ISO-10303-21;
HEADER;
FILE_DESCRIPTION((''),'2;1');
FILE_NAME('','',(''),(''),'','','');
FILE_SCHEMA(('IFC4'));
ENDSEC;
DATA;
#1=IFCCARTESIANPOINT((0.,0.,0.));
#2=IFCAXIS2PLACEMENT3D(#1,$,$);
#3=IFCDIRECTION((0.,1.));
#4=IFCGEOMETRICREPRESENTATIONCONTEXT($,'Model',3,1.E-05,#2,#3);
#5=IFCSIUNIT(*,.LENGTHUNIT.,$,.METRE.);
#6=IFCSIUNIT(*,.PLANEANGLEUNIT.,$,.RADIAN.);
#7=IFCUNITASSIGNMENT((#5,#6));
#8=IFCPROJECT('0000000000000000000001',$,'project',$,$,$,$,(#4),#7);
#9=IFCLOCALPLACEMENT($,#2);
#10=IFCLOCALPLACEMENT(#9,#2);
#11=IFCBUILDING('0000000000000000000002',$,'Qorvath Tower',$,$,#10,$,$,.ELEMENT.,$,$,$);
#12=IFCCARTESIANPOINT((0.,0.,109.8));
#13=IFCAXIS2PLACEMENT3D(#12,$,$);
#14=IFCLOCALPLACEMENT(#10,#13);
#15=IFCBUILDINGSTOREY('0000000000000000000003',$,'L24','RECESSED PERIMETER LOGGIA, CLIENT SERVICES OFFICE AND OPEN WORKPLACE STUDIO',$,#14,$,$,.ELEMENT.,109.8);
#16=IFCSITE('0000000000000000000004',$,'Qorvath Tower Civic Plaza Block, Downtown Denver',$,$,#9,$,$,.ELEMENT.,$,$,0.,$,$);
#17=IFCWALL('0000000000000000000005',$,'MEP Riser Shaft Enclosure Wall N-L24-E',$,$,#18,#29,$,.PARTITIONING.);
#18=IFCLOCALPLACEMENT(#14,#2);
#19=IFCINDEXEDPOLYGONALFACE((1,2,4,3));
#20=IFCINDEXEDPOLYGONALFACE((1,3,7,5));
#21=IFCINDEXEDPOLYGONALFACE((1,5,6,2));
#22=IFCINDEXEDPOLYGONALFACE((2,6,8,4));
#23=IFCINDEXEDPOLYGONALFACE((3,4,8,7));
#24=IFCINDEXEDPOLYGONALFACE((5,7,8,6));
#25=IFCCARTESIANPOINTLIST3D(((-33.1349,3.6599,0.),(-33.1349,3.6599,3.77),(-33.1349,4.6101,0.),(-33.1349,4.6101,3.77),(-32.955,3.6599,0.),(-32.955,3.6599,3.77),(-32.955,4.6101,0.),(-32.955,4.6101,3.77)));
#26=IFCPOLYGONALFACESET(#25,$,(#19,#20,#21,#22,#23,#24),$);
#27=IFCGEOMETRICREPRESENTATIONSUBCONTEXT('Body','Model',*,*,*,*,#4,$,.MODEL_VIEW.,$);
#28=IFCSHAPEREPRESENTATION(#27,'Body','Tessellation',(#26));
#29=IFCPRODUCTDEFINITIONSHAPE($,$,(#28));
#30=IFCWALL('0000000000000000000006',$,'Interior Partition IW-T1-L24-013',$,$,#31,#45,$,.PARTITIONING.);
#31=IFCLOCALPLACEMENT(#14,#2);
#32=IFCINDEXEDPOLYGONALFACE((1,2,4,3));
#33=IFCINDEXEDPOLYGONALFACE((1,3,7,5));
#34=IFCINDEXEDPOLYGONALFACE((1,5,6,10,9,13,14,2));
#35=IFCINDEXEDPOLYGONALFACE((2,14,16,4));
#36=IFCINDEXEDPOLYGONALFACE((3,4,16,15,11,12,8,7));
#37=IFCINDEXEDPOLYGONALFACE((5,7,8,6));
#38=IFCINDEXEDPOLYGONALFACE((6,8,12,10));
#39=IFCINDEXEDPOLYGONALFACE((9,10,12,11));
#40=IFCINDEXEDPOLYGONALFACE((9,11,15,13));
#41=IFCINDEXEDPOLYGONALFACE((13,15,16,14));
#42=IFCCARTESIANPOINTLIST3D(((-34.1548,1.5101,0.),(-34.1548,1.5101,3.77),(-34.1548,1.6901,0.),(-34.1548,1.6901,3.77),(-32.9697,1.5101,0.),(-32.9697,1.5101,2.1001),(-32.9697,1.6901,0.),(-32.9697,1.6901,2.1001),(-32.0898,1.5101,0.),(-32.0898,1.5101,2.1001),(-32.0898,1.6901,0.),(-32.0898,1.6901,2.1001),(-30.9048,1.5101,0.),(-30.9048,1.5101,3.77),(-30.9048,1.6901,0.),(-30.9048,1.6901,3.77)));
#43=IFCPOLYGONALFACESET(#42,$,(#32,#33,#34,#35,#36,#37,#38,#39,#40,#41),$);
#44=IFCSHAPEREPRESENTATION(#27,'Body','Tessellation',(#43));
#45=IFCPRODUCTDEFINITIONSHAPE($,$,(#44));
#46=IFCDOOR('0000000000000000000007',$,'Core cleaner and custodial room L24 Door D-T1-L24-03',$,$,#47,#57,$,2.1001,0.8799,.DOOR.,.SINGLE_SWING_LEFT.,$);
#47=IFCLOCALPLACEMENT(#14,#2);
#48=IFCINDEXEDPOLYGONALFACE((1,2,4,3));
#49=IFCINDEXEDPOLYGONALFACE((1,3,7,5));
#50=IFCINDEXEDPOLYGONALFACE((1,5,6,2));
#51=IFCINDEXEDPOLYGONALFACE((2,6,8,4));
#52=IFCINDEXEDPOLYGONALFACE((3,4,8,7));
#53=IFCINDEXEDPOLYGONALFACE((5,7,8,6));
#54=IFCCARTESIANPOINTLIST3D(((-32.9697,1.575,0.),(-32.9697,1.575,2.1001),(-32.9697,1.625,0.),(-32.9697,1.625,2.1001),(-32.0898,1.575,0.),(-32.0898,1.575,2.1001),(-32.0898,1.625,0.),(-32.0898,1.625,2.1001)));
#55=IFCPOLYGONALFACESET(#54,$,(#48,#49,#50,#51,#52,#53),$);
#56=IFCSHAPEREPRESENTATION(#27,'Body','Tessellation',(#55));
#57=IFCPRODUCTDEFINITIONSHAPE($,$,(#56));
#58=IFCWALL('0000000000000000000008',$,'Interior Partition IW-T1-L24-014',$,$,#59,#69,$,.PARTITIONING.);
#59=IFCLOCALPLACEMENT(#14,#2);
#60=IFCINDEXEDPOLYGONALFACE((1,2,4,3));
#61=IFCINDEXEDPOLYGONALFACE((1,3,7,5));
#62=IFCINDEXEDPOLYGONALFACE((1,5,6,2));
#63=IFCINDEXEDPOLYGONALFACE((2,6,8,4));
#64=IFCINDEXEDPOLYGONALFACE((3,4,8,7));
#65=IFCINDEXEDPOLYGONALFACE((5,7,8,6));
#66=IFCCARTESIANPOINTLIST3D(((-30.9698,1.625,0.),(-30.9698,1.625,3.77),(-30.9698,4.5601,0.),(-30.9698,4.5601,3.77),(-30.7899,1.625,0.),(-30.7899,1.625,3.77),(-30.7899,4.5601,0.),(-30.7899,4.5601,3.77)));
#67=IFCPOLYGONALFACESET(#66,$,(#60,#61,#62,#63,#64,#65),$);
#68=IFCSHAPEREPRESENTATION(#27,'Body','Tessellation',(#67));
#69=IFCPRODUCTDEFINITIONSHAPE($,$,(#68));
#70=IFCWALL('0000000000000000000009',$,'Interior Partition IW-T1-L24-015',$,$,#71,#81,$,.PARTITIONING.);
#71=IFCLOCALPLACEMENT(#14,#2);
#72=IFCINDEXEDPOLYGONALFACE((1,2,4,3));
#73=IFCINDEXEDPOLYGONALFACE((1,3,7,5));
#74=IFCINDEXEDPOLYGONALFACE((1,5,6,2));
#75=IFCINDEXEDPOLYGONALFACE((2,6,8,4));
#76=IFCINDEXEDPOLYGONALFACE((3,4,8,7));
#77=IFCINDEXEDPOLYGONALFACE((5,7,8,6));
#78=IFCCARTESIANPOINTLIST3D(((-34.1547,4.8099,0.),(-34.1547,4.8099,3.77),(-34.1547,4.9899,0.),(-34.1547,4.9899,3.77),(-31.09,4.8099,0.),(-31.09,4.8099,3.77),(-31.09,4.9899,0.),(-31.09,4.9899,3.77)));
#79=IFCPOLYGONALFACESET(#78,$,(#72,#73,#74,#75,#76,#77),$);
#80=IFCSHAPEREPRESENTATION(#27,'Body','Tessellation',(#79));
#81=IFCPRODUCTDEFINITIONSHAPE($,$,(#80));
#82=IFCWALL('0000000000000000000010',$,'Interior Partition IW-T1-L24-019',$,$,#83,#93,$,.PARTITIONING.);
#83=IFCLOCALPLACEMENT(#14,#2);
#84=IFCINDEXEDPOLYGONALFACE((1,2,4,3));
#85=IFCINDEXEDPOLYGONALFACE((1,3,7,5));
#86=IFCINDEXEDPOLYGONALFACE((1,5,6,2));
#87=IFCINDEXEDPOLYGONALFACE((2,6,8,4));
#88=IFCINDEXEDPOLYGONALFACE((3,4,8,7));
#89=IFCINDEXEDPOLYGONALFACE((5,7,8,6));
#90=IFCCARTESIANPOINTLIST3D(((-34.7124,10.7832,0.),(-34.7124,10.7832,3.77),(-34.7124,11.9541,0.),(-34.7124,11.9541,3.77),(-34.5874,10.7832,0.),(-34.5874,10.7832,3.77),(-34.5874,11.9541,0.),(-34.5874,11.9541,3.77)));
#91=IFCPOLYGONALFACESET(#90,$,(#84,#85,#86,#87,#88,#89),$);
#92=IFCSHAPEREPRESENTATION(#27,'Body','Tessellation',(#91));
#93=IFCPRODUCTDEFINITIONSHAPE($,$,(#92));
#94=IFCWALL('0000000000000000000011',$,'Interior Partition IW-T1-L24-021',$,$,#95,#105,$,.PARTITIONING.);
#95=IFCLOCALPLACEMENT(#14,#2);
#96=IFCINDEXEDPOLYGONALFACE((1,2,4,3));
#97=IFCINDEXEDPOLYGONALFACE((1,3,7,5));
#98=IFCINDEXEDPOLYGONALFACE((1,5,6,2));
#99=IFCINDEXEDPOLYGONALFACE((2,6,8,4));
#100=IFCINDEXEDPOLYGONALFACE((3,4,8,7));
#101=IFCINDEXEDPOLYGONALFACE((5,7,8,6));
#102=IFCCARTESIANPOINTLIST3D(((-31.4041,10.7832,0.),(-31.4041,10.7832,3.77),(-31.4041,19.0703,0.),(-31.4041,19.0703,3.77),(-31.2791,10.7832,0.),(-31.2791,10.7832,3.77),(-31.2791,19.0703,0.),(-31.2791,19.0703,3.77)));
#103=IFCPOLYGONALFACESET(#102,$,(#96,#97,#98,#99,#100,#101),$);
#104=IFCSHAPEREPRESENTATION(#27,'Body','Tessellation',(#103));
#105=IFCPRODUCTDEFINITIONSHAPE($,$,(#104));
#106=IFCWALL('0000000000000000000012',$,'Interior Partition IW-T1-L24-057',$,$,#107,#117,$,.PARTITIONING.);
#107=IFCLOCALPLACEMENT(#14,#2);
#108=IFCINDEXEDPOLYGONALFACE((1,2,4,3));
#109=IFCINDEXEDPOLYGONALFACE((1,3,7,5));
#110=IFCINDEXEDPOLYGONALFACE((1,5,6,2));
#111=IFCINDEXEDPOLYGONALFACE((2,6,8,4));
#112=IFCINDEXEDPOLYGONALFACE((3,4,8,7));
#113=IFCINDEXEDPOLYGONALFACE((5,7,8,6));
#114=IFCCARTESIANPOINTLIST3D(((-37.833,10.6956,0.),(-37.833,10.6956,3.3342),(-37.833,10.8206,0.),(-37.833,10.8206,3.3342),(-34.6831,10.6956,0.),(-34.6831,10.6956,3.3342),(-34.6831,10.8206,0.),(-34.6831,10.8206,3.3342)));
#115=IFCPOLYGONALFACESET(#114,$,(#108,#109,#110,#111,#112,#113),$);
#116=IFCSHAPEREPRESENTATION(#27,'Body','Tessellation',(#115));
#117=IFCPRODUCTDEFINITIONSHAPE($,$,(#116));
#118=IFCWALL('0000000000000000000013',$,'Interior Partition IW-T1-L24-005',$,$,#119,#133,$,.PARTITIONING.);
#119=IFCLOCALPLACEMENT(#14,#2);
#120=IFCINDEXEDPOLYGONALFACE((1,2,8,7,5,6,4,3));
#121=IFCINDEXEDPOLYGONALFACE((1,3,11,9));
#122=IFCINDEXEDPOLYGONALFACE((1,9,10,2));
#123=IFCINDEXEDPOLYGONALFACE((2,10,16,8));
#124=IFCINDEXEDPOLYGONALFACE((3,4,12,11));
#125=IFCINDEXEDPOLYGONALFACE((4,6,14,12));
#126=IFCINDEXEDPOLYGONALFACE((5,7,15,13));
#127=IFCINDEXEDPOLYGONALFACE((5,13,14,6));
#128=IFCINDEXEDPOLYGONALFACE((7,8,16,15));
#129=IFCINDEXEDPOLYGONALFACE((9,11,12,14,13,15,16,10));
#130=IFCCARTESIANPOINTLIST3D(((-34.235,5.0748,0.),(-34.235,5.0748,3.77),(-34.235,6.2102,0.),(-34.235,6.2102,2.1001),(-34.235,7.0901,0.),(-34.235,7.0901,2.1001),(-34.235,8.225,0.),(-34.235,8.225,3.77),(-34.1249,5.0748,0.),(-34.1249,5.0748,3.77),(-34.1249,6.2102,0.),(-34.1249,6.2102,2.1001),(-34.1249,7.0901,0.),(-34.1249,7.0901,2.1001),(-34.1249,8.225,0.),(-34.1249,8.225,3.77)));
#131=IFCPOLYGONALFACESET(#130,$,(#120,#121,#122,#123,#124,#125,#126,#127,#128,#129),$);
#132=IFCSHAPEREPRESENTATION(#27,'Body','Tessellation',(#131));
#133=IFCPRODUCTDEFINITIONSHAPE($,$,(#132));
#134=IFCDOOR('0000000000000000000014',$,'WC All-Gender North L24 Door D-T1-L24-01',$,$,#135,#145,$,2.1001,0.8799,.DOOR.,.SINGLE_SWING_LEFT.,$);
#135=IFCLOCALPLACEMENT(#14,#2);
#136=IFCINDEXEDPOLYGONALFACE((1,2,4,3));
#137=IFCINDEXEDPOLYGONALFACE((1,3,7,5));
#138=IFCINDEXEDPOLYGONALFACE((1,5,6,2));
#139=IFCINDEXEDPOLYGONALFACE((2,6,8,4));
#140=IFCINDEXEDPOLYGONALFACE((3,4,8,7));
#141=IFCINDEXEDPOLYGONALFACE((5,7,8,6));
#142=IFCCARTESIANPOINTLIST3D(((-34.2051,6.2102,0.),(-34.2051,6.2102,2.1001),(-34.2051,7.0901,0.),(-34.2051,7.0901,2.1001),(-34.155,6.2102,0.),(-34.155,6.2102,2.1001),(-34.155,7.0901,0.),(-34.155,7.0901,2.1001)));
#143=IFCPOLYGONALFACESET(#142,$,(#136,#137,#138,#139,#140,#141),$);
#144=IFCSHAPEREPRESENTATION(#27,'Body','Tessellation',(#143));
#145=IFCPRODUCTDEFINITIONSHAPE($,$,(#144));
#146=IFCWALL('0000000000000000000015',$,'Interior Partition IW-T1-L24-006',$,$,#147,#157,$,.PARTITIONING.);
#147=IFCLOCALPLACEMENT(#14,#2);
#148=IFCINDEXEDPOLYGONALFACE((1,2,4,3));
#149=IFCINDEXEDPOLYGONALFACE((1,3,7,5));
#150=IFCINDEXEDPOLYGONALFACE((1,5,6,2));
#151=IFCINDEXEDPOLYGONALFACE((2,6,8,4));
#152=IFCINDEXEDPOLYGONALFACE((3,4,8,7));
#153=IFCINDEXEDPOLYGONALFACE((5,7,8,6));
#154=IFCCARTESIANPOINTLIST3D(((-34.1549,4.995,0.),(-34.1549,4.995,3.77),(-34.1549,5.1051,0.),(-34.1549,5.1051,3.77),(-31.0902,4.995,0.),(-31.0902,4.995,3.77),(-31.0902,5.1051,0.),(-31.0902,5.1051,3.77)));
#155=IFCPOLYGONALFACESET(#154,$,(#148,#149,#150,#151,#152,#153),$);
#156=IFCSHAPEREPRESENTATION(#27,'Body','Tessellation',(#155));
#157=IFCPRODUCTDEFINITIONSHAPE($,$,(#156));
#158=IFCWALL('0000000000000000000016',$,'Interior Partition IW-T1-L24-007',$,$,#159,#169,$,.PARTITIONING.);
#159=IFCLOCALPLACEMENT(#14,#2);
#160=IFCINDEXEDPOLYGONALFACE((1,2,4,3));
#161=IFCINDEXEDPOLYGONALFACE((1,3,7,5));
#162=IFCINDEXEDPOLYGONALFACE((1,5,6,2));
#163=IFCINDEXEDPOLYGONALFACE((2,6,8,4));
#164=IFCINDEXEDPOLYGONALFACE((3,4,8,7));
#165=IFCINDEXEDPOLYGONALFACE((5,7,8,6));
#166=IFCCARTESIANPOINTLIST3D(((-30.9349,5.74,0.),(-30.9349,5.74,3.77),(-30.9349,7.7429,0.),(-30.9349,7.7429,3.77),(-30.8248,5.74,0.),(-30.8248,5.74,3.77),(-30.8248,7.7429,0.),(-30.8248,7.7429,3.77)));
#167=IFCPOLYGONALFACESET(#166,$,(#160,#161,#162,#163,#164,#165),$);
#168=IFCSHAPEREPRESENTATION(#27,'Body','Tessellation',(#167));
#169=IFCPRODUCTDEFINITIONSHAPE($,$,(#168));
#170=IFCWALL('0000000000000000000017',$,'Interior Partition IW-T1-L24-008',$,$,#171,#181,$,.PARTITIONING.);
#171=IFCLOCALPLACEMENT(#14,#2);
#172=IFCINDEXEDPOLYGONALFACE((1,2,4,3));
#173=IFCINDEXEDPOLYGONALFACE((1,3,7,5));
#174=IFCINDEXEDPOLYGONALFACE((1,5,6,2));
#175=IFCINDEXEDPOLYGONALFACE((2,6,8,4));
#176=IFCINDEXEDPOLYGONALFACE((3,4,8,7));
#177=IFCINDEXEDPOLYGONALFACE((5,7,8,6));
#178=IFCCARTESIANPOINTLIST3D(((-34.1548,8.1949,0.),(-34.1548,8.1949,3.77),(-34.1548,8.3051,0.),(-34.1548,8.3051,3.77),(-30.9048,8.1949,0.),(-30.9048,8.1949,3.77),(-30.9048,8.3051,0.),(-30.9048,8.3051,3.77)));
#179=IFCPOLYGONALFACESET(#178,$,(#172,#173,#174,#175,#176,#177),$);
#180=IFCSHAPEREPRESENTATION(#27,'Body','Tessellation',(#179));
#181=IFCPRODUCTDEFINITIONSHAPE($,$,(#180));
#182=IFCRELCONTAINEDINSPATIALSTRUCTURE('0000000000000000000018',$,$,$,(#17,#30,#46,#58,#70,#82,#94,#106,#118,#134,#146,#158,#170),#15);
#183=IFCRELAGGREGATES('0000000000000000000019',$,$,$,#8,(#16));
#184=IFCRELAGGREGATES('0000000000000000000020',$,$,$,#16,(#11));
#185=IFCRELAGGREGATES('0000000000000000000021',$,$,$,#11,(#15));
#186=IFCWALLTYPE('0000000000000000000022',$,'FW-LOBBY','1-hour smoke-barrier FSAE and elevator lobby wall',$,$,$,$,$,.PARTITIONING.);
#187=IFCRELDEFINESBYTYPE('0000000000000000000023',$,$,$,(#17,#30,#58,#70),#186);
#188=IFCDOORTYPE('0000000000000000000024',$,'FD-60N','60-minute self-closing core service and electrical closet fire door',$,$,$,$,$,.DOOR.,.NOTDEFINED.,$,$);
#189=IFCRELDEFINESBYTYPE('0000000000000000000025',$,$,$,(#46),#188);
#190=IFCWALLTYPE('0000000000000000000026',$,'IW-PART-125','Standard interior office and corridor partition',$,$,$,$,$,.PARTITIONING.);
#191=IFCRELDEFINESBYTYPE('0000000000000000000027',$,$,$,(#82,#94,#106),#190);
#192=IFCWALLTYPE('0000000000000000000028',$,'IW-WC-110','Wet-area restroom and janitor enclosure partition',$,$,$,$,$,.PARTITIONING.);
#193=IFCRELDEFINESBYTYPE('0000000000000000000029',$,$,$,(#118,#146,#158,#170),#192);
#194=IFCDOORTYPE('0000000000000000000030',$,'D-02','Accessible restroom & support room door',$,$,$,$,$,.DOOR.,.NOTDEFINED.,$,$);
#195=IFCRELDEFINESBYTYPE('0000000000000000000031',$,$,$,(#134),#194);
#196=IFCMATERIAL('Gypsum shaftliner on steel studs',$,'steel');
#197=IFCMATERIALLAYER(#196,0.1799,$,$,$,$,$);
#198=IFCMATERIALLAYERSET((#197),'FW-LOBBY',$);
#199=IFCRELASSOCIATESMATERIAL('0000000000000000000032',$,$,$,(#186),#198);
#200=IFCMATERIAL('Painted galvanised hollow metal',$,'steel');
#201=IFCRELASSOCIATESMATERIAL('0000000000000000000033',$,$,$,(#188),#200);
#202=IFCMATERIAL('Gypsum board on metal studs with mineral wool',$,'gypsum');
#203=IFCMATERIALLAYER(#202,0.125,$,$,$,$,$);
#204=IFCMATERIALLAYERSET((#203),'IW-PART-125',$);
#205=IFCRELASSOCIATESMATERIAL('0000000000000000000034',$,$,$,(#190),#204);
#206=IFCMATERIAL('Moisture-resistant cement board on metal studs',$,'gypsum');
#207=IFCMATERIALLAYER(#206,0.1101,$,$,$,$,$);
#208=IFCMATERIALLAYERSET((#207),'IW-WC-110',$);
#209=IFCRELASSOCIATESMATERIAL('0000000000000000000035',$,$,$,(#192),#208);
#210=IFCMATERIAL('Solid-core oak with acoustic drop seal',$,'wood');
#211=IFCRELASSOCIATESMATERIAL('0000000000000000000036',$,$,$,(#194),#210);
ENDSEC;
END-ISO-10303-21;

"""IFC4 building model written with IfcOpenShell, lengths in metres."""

from ifc_helpers import new_model, si_unit, direction, frame, frame_2d, origin, place, context, subcontext, project, spatial, rectangle, extrude, material, layer, layer_set, type_object, element, fill, save


model = new_model("IFC4")

# Units and contexts
model_context = context("Model", 3, precision=1e-05, world=origin(), true_north=direction((0.0, 1.0)))
body_context = subcontext(model_context, "Body", "Model", "MODEL_VIEW")
ifc_project = project(units=[si_unit("LENGTHUNIT", "METRE"), si_unit("PLANEANGLEUNIT", "RADIAN")], contexts=[model_context])

# Site, building, storey
site_placement = place(None, origin())
site = spatial("IfcSite", under=ifc_project, at=site_placement, Name="Qorvath Tower Civic Plaza Block, Downtown Denver", CompositionType="ELEMENT", RefElevation=0.0)
building_placement = place(site_placement, origin())
building = spatial("IfcBuilding", under=site, at=building_placement, Name="Qorvath Tower", CompositionType="ELEMENT")
storey_placement = place(building_placement, frame((0.0, 0.0, 109.8)))
storey = spatial("IfcBuildingStorey", under=building, at=storey_placement, Name="L24", Description="RECESSED PERIMETER LOGGIA, CLIENT SERVICES OFFICE AND OPEN WORKPLACE STUDIO", CompositionType="ELEMENT", Elevation=109.8)

# Wall
ifc_material_1 = material(Name="Gypsum shaftliner on steel studs", Category="steel")
ifc_layer_1 = layer(ifc_material_1, 0.1799)
ifc_layer_set_1 = layer_set([ifc_layer_1], Name="FW-LOBBY")
wall_type_1 = type_object("IfcWallType", Name="FW-LOBBY", Description="1-hour smoke-barrier FSAE and elevator lobby wall", PredefinedType="PARTITIONING", material=ifc_layer_set_1)
for number, where, z_axis, x_axis, name in (
    (1, (-33.0449, 4.6101, 0.0), (0.0, 0.0, 1.0), (0.0, -1.0, 0.0), "MEP Riser Shaft Enclosure Wall N-L24-E"),
):
    element("IfcWall", number, at=place(storey_placement, frame(where, z_axis=z_axis, x_axis=x_axis)), inside=storey, type_object=wall_type_1, Name=name, PredefinedType="PARTITIONING", context=body_context, shape_type="SweptSolid", body=[
        extrude(rectangle(XDim=0.9502, YDim=0.1799, at=frame_2d((0.4751, 0.0))), origin(), (0.0, 0.0, 1.0), 3.77),
    ])

# Wall, opening, door
wall_1_placement = place(storey_placement, frame((-34.1548, 1.6001, 0.0), z_axis=(0.0, 0.0, 1.0), x_axis=(1.0, 0.0, 0.0)))
wall_1 = element("IfcWall", 2, at=wall_1_placement, inside=storey, type_object=wall_type_1, Name="Interior Partition IW-T1-L24-013", PredefinedType="PARTITIONING", context=body_context, shape_type="SweptSolid", body=[
    extrude(rectangle(XDim=3.25, YDim=0.1799, at=frame_2d((1.625, 0.0))), origin(), (0.0, 0.0, 1.0), 3.77),
])
opening_1_placement = place(wall_1_placement, frame((1.1851, 0.0, 0.0)))
opening_1 = element("IfcOpeningElement", 3, at=opening_1_placement, cuts=wall_1, PredefinedType="OPENING", context=body_context, shape_type="SweptSolid", body=[
    extrude(rectangle(XDim=0.8799, YDim=2.1001, at=frame_2d((0.4399, 1.05))), frame((0.0, 0.1001, 0.0), z_axis=(0.0, -1.0, 0.0), x_axis=(1.0, 0.0, 0.0)), (0.0, 0.0, 1.0), 0.2),
])
ifc_material_2 = material(Name="Painted galvanised hollow metal", Category="steel")
door_type_1 = type_object("IfcDoorType", Name="FD-60N", Description="60-minute self-closing core service and electrical closet fire door", OperationType="NOTDEFINED", PredefinedType="DOOR", material=ifc_material_2)
door_1_placement = place(opening_1_placement, origin())
door_1 = element("IfcDoor", 4, at=door_1_placement, inside=storey, type_object=door_type_1, Name="Core cleaner and custodial room L24 Door D-T1-L24-03", OperationType="SINGLE_SWING_LEFT", OverallHeight=2.1001, OverallWidth=0.8799, PredefinedType="DOOR", context=body_context, shape_type="SweptSolid", body=[
    extrude(rectangle(XDim=0.8799, YDim=2.1001, at=frame_2d((0.4399, 1.05))), frame((0.0, 0.0249, 0.0), z_axis=(0.0, -1.0, 0.0), x_axis=(1.0, 0.0, 0.0)), (0.0, 0.0, 1.0), 0.05),
])
fill(opening_1, door_1)

# Walls
wall_2_placement = place(storey_placement, frame((-30.8799, 1.625, 0.0), z_axis=(0.0, 0.0, 1.0), x_axis=(0.0, 1.0, 0.0)))
element("IfcWall", 5, at=wall_2_placement, inside=storey, type_object=wall_type_1, Name="Interior Partition IW-T1-L24-014", PredefinedType="PARTITIONING", context=body_context, shape_type="SweptSolid", body=[
    extrude(rectangle(XDim=2.9351, YDim=0.1799, at=frame_2d((1.4675, 0.0))), origin(), (0.0, 0.0, 1.0), 3.77),
])
wall_3_placement = place(storey_placement, frame((-31.0901, 4.8999, 0.0), z_axis=(0.0, 0.0, 1.0), x_axis=(-1.0, 0.0, 0.0)))
element("IfcWall", 6, at=wall_3_placement, inside=storey, type_object=wall_type_1, Name="Interior Partition IW-T1-L24-015", PredefinedType="PARTITIONING", context=body_context, shape_type="SweptSolid", body=[
    extrude(rectangle(XDim=3.0647, YDim=0.1799, at=frame_2d((1.5322, 0.0))), origin(), (0.0, 0.0, 1.0), 3.77),
])

# Wall
ifc_material_3 = material(Name="Gypsum board on metal studs with mineral wool", Category="gypsum")
ifc_layer_2 = layer(ifc_material_3, 0.125)
ifc_layer_set_2 = layer_set([ifc_layer_2], Name="IW-PART-125")
wall_type_2 = type_object("IfcWallType", Name="IW-PART-125", Description="Standard interior office and corridor partition", PredefinedType="PARTITIONING", material=ifc_layer_set_2)
wall_4_placement = place(storey_placement, frame((-34.6499, 10.7832, 0.0), z_axis=(0.0, 0.0, 1.0), x_axis=(0.0, 1.0, 0.0)))
element("IfcWall", 7, at=wall_4_placement, inside=storey, type_object=wall_type_2, Name="Interior Partition IW-T1-L24-019", PredefinedType="PARTITIONING", context=body_context, shape_type="SweptSolid", body=[
    extrude(rectangle(XDim=1.1709, YDim=0.125, at=frame_2d((0.5854, 0.0))), origin(), (0.0, 0.0, 1.0), 3.77),
])

# Walls
wall_5_placement = place(storey_placement, frame((-31.3416, 10.7832, 0.0), z_axis=(0.0, 0.0, 1.0), x_axis=(0.0, 1.0, 0.0)))
element("IfcWall", 8, at=wall_5_placement, inside=storey, type_object=wall_type_2, Name="Interior Partition IW-T1-L24-021", PredefinedType="PARTITIONING", context=body_context, shape_type="SweptSolid", body=[
    extrude(rectangle(XDim=8.2871, YDim=0.125, at=frame_2d((4.1436, 0.0))), origin(), (0.0, 0.0, 1.0), 3.77),
])
wall_6_placement = place(storey_placement, frame((-34.6831, 10.7581, 0.0), z_axis=(0.0, 0.0, 1.0), x_axis=(-1.0, 0.0, 0.0)))
element("IfcWall", 9, at=wall_6_placement, inside=storey, type_object=wall_type_2, Name="Interior Partition IW-T1-L24-057", PredefinedType="PARTITIONING", context=body_context, shape_type="SweptSolid", body=[
    extrude(rectangle(XDim=3.1499, YDim=0.125, at=frame_2d((1.575, 0.0))), origin(), (0.0, 0.0, 1.0), 3.3342),
])

# Wall, opening, door
ifc_material_4 = material(Name="Moisture-resistant cement board on metal studs", Category="gypsum")
ifc_layer_3 = layer(ifc_material_4, 0.1101)
ifc_layer_set_3 = layer_set([ifc_layer_3], Name="IW-WC-110")
wall_type_3 = type_object("IfcWallType", Name="IW-WC-110", Description="Wet-area restroom and janitor enclosure partition", PredefinedType="PARTITIONING", material=ifc_layer_set_3)
wall_7_placement = place(storey_placement, frame((-34.1799, 8.2251, 0.0), z_axis=(0.0, 0.0, 1.0), x_axis=(0.0, -1.0, 0.0)))
wall_7 = element("IfcWall", 10, at=wall_7_placement, inside=storey, type_object=wall_type_3, Name="Interior Partition IW-T1-L24-005", PredefinedType="PARTITIONING", context=body_context, shape_type="SweptSolid", body=[
    extrude(rectangle(XDim=3.1501, YDim=0.1101, at=frame_2d((1.5752, 0.0))), origin(), (0.0, 0.0, 1.0), 3.77),
])
opening_2_placement = place(wall_7_placement, frame((1.135, 0.0, 0.0)))
opening_2 = element("IfcOpeningElement", 11, at=opening_2_placement, cuts=wall_7, PredefinedType="OPENING", context=body_context, shape_type="SweptSolid", body=[
    extrude(rectangle(XDim=0.8799, YDim=2.1001, at=frame_2d((0.4399, 1.05))), frame((0.0, 0.0649, 0.0), z_axis=(0.0, -1.0, 0.0), x_axis=(1.0, 0.0, 0.0)), (0.0, 0.0, 1.0), 0.1301),
])
ifc_material_5 = material(Name="Solid-core oak with acoustic drop seal", Category="wood")
door_type_2 = type_object("IfcDoorType", Name="D-02", Description="Accessible restroom & support room door", OperationType="NOTDEFINED", PredefinedType="DOOR", material=ifc_material_5)
door_2_placement = place(opening_2_placement, origin())
door_2 = element("IfcDoor", 12, at=door_2_placement, inside=storey, type_object=door_type_2, Name="WC All-Gender North L24 Door D-T1-L24-01", OperationType="SINGLE_SWING_LEFT", OverallHeight=2.1001, OverallWidth=0.8799, PredefinedType="DOOR", context=body_context, shape_type="SweptSolid", body=[
    extrude(rectangle(XDim=0.8799, YDim=2.1001, at=frame_2d((0.4399, 1.05))), frame((0.0, 0.0249, 0.0), z_axis=(0.0, -1.0, 0.0), x_axis=(1.0, 0.0, 0.0)), (0.0, 0.0, 1.0), 0.05),
])
fill(opening_2, door_2)

# Walls
wall_8_placement = place(storey_placement, frame((-34.1548, 5.05, 0.0), z_axis=(0.0, 0.0, 1.0), x_axis=(1.0, 0.0, 0.0)))
element("IfcWall", 13, at=wall_8_placement, inside=storey, type_object=wall_type_3, Name="Interior Partition IW-T1-L24-006", PredefinedType="PARTITIONING", context=body_context, shape_type="SweptSolid", body=[
    extrude(rectangle(XDim=3.0647, YDim=0.1101, at=frame_2d((1.5322, 0.0))), origin(), (0.0, 0.0, 1.0), 3.77),
])
wall_9_placement = place(storey_placement, frame((-30.8799, 5.74, 0.0), z_axis=(0.0, 0.0, 1.0), x_axis=(0.0, 1.0, 0.0)))
element("IfcWall", 14, at=wall_9_placement, inside=storey, type_object=wall_type_3, Name="Interior Partition IW-T1-L24-007", PredefinedType="PARTITIONING", context=body_context, shape_type="SweptSolid", body=[
    extrude(rectangle(XDim=2.0029, YDim=0.1101, at=frame_2d((1.0015, 0.0))), origin(), (0.0, 0.0, 1.0), 3.77),
])
wall_10_placement = place(storey_placement, frame((-30.9048, 8.25, 0.0), z_axis=(0.0, 0.0, 1.0), x_axis=(-1.0, 0.0, 0.0)))
element("IfcWall", 15, at=wall_10_placement, inside=storey, type_object=wall_type_3, Name="Interior Partition IW-T1-L24-008", PredefinedType="PARTITIONING", context=body_context, shape_type="SweptSolid", body=[
    extrude(rectangle(XDim=3.25, YDim=0.1101, at=frame_2d((1.625, 0.0))), origin(), (0.0, 0.0, 1.0), 3.77),
])

save(model, "model.ifc")
